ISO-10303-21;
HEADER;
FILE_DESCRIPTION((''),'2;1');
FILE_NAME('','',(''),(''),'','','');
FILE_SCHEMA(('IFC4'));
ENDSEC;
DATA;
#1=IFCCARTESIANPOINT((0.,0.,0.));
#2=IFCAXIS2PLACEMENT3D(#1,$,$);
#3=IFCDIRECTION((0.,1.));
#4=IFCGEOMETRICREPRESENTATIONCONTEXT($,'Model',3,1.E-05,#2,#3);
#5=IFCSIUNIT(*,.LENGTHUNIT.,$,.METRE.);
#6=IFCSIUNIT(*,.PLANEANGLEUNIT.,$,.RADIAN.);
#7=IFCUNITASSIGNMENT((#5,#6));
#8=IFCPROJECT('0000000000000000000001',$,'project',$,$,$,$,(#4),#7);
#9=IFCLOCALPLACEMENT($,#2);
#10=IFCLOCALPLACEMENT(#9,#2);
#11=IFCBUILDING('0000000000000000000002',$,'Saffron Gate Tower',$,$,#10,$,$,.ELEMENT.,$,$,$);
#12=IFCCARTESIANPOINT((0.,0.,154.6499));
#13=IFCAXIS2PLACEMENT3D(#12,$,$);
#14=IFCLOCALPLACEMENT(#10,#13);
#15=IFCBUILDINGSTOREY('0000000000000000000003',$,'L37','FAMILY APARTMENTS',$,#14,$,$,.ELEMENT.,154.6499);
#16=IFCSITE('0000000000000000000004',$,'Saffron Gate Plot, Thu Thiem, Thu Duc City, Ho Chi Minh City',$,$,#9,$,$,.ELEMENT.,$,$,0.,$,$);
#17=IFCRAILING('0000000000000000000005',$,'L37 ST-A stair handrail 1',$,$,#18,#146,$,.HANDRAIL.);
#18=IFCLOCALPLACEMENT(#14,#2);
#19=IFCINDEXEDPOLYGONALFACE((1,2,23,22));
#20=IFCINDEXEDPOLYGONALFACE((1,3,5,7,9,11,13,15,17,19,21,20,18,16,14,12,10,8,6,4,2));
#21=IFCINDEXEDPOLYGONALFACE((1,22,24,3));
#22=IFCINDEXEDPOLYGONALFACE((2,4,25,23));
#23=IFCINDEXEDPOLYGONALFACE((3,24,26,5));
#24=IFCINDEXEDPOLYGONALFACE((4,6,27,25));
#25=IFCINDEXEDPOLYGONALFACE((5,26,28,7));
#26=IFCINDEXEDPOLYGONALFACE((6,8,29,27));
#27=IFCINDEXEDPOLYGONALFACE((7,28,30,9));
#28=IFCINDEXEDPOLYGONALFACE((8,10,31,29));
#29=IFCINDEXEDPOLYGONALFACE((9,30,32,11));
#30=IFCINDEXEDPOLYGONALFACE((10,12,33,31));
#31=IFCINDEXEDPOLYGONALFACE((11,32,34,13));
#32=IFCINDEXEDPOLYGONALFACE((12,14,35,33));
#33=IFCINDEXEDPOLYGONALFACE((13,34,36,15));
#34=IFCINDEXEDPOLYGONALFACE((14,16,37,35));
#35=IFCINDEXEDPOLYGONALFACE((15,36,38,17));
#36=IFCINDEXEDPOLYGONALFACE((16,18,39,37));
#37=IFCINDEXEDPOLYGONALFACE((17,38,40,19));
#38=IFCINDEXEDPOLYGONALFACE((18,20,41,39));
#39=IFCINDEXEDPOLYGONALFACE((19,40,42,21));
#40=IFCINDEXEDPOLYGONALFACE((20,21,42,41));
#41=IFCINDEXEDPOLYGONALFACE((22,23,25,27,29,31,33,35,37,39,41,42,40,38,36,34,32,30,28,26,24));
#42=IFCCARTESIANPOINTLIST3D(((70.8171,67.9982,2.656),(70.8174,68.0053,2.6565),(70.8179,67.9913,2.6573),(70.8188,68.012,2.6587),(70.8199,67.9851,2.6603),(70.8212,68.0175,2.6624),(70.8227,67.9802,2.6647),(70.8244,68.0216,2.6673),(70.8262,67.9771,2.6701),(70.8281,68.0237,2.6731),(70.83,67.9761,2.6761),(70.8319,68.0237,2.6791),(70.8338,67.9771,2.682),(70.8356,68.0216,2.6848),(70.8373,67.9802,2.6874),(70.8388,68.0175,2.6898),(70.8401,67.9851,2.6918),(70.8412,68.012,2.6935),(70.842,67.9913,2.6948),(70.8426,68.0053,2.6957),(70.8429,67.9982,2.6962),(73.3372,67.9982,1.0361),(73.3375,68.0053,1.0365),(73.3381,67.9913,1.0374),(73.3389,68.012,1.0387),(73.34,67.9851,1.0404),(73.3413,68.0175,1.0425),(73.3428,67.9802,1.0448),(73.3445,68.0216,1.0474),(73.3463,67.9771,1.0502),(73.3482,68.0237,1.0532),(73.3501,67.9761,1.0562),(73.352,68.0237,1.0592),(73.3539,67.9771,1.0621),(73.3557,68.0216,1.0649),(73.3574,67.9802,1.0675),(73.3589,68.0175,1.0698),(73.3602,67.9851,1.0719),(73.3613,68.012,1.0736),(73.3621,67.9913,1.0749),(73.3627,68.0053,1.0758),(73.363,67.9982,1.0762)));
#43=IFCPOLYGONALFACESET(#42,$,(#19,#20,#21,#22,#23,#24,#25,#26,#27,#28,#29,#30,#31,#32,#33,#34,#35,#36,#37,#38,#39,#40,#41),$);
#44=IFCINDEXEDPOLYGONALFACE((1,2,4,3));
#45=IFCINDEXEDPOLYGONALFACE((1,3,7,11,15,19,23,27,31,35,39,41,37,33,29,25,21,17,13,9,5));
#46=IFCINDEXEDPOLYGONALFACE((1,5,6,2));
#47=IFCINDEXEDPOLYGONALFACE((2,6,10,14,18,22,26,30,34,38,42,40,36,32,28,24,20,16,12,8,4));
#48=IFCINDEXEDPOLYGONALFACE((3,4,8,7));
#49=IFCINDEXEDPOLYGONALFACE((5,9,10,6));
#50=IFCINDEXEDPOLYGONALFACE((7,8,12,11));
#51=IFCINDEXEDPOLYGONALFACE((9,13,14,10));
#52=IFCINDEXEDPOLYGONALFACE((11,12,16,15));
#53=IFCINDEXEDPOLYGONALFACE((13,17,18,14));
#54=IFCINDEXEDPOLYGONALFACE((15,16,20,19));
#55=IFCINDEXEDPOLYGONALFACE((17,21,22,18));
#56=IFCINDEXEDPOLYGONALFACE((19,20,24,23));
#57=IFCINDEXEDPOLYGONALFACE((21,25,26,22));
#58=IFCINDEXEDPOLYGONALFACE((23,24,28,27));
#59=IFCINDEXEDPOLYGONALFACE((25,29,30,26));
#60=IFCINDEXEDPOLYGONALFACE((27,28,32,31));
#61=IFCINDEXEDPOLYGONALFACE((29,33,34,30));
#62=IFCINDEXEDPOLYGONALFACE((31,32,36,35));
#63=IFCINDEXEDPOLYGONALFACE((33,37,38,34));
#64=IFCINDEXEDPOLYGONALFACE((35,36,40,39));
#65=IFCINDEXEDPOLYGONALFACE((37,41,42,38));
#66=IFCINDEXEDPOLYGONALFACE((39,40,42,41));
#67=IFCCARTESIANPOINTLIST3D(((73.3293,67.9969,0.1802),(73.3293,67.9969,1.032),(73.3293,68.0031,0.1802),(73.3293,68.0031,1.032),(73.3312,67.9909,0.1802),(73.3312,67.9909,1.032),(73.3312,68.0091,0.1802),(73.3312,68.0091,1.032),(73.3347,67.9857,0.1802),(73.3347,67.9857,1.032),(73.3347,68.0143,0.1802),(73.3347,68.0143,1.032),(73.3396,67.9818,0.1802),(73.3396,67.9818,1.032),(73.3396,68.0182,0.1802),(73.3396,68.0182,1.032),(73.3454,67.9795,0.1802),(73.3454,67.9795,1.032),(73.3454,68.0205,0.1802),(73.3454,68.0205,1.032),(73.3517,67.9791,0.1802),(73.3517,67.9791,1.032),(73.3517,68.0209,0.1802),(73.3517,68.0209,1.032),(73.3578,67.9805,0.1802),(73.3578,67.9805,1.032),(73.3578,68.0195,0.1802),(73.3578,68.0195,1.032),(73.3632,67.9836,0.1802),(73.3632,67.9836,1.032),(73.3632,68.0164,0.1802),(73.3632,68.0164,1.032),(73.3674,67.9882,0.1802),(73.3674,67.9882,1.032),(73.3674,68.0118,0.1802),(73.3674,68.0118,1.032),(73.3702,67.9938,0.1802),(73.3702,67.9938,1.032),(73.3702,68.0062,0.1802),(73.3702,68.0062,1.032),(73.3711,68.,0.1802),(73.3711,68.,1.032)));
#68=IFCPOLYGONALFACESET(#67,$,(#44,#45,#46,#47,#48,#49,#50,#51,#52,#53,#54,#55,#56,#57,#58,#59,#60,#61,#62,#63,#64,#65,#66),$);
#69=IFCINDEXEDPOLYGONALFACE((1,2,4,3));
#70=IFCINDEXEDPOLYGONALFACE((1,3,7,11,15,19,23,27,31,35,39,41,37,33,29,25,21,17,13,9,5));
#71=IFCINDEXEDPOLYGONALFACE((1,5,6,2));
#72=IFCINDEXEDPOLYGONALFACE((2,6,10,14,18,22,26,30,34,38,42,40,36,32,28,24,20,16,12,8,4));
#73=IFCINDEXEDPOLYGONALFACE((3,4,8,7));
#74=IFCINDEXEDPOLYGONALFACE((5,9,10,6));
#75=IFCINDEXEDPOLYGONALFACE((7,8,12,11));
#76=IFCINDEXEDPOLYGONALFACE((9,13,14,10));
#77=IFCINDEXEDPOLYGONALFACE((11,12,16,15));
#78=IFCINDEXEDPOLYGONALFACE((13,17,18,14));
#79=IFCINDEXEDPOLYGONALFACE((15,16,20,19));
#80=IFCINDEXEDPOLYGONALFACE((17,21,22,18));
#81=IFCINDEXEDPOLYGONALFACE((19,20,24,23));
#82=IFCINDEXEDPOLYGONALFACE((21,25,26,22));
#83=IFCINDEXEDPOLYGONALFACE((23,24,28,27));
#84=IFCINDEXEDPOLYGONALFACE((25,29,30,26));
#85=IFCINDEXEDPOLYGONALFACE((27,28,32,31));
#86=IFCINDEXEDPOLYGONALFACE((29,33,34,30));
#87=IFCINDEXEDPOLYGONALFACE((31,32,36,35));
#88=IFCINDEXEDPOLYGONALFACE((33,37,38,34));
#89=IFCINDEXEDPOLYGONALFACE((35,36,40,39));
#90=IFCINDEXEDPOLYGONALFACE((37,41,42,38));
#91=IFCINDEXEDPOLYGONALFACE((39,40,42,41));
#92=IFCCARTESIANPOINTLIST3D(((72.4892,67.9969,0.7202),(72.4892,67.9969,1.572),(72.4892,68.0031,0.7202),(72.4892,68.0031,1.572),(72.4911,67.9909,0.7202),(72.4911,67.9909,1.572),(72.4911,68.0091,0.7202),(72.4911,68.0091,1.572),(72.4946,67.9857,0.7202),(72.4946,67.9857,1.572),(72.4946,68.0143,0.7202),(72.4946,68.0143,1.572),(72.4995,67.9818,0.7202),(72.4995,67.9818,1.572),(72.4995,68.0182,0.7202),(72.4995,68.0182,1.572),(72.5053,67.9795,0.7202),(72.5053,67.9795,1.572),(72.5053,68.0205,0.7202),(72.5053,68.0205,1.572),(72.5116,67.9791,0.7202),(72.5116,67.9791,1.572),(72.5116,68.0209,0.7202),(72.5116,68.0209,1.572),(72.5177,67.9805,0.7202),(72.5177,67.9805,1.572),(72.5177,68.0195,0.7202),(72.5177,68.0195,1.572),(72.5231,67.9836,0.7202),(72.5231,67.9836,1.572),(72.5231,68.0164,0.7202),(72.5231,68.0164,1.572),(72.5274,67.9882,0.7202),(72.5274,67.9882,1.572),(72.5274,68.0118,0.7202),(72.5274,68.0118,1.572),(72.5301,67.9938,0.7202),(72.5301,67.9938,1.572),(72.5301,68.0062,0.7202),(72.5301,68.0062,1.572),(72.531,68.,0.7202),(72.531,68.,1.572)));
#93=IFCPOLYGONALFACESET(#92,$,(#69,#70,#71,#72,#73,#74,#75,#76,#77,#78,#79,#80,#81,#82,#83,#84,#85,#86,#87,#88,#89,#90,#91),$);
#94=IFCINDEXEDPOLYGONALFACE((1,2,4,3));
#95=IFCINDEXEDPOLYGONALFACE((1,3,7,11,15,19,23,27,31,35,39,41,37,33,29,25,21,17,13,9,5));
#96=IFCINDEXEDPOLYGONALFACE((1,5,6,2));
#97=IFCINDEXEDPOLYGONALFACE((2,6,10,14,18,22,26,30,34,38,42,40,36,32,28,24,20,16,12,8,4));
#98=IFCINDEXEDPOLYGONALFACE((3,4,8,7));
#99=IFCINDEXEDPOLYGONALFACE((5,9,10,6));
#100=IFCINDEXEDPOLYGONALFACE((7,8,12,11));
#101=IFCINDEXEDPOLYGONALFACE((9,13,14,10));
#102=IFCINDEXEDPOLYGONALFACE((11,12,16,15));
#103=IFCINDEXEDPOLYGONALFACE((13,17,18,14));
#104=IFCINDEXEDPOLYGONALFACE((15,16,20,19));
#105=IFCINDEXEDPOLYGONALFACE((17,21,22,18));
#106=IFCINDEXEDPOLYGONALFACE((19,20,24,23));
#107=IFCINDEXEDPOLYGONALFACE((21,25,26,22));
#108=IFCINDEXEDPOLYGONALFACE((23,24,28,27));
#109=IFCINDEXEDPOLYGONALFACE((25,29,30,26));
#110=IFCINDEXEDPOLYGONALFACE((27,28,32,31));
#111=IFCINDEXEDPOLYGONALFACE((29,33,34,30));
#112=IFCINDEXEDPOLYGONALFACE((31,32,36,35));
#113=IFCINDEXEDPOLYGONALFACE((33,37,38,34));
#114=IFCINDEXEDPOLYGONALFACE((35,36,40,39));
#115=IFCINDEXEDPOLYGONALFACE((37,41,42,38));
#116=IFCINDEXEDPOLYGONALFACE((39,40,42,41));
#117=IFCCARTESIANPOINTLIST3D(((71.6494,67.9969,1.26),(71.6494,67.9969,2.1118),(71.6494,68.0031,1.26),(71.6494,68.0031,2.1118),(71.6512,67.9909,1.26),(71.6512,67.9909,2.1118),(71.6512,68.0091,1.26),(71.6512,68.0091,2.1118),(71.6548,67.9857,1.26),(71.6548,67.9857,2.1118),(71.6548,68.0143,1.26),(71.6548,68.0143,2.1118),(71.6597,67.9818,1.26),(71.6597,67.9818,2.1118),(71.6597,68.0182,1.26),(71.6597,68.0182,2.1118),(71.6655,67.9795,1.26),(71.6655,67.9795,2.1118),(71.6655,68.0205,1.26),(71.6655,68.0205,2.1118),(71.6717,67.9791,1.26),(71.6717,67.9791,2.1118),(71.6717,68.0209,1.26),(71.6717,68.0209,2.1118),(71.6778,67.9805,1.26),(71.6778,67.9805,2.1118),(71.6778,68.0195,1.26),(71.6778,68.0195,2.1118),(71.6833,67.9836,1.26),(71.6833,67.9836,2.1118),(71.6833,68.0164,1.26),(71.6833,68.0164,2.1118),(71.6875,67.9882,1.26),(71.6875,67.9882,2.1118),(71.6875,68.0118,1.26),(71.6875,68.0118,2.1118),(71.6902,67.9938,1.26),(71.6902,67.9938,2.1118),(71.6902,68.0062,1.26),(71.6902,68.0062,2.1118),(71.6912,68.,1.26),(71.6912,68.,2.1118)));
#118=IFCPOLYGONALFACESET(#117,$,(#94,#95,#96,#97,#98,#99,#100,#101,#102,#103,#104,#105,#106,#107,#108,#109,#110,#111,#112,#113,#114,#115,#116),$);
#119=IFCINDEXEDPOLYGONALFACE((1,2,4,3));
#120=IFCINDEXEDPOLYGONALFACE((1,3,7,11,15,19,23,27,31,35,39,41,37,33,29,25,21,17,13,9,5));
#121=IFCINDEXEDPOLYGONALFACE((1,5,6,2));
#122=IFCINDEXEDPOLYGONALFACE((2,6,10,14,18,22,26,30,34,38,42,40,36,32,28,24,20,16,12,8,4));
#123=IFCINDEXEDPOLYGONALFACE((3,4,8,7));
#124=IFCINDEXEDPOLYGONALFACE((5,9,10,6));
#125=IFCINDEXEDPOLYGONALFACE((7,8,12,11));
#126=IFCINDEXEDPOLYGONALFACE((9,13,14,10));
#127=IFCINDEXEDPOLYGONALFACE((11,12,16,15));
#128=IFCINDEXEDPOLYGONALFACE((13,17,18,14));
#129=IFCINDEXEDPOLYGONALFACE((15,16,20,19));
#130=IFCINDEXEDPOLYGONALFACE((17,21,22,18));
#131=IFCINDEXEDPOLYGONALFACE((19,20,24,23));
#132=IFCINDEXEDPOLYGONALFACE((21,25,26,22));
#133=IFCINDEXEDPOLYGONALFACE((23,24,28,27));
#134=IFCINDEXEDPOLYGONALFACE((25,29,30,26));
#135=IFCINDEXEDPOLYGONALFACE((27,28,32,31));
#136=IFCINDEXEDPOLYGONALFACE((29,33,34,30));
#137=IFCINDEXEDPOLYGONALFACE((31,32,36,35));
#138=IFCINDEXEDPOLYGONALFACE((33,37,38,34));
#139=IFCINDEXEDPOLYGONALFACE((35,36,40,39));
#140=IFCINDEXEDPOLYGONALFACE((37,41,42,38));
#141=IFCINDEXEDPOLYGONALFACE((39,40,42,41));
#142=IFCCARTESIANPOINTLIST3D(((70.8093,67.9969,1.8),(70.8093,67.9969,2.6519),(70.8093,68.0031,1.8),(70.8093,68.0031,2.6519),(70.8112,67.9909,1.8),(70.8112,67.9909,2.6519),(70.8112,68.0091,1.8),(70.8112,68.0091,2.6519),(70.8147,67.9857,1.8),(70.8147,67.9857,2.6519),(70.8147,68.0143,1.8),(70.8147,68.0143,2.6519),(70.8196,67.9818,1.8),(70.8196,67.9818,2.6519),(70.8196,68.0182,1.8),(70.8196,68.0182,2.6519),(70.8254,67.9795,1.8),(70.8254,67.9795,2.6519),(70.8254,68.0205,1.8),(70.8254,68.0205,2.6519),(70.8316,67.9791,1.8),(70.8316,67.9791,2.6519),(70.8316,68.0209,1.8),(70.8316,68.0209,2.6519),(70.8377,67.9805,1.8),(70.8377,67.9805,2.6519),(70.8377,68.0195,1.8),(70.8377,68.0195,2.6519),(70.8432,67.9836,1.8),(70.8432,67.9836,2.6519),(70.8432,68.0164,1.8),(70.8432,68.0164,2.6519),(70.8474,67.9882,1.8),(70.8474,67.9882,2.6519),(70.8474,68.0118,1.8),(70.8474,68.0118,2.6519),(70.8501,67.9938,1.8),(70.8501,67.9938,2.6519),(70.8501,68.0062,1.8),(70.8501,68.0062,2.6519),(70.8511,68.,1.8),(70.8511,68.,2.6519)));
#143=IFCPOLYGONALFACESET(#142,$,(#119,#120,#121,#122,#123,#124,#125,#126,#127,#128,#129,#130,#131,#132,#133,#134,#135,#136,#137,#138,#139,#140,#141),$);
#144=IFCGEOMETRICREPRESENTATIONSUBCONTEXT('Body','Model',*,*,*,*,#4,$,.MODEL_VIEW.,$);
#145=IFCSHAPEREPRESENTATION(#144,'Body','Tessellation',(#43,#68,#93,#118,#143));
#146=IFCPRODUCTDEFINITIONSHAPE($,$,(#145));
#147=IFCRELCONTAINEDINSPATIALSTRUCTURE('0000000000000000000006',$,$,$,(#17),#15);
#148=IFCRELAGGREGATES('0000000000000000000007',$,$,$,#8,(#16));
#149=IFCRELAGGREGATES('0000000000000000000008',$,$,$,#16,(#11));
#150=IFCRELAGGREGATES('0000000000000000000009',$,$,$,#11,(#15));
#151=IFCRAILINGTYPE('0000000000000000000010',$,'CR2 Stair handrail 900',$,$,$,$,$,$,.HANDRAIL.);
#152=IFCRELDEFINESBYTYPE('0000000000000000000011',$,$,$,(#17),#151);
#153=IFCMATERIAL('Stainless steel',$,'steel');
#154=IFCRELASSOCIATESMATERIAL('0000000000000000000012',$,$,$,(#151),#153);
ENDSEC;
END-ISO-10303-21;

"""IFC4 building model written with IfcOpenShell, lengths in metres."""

from ifc_helpers import new_model, si_unit, direction, frame, origin, origin_2d, place, context, subcontext, project, spatial, circle, extrude, material, type_object, element, save


model = new_model("IFC4")

# Units and contexts
model_context = context("Model", 3, precision=1e-05, world=origin(), true_north=direction((0.0, 1.0)))
body_context = subcontext(model_context, "Body", "Model", "MODEL_VIEW")
ifc_project = project(units=[si_unit("LENGTHUNIT", "METRE"), si_unit("PLANEANGLEUNIT", "RADIAN")], contexts=[model_context])

# Site, building, storey
site_placement = place(None, origin())
site = spatial("IfcSite", under=ifc_project, at=site_placement, Name="Saffron Gate Plot, Thu Thiem, Thu Duc City, Ho Chi Minh City", CompositionType="ELEMENT", RefElevation=0.0)
building_placement = place(site_placement, origin())
building = spatial("IfcBuilding", under=site, at=building_placement, Name="Saffron Gate Tower", CompositionType="ELEMENT")
storey_placement = place(building_placement, frame((0.0, 0.0, 154.6499)))
storey = spatial("IfcBuildingStorey", under=building, at=storey_placement, Name="L37", Description="FAMILY APARTMENTS", CompositionType="ELEMENT", Elevation=154.6499)

# Railing
ifc_material_1 = material(Name="Stainless steel", Category="steel")
railing_type = type_object("IfcRailingType", Name="CR2 Stair handrail 900", PredefinedType="HANDRAIL", material=ifc_material_1)
railing_placement = place(storey_placement, frame((73.3501, 68.0, 0.1802)))
element("IfcRailing", 1, at=railing_placement, inside=storey, type_object=railing_type, Name="L37 ST-A stair handrail 1", PredefinedType="HANDRAIL", context=body_context, shape_type="SweptSolid", body=[
    extrude(circle(Radius=0.0239, at=origin_2d()), frame((0.0, 0.0, 0.876), z_axis=(-0.8412, 0.0, 0.540725), x_axis=(0.0, -1.0, 0.0)), (0.0, 0.0, 1.0), 2.9958),
    extrude(circle(Radius=0.021, at=origin_2d()), origin(), (0.0, 0.0, 1.0), 0.8518),
    extrude(circle(Radius=0.021, at=origin_2d()), frame((-0.8401, 0.0, 0.54)), (0.0, 0.0, 1.0), 0.8518),
    extrude(circle(Radius=0.021, at=origin_2d()), frame((-1.6799, 0.0, 1.0798)), (0.0, 0.0, 1.0), 0.8518),
    extrude(circle(Radius=0.021, at=origin_2d()), frame((-2.52, 0.0, 1.6199)), (0.0, 0.0, 1.0), 0.8518),
])

save(model, "model.ifc")
